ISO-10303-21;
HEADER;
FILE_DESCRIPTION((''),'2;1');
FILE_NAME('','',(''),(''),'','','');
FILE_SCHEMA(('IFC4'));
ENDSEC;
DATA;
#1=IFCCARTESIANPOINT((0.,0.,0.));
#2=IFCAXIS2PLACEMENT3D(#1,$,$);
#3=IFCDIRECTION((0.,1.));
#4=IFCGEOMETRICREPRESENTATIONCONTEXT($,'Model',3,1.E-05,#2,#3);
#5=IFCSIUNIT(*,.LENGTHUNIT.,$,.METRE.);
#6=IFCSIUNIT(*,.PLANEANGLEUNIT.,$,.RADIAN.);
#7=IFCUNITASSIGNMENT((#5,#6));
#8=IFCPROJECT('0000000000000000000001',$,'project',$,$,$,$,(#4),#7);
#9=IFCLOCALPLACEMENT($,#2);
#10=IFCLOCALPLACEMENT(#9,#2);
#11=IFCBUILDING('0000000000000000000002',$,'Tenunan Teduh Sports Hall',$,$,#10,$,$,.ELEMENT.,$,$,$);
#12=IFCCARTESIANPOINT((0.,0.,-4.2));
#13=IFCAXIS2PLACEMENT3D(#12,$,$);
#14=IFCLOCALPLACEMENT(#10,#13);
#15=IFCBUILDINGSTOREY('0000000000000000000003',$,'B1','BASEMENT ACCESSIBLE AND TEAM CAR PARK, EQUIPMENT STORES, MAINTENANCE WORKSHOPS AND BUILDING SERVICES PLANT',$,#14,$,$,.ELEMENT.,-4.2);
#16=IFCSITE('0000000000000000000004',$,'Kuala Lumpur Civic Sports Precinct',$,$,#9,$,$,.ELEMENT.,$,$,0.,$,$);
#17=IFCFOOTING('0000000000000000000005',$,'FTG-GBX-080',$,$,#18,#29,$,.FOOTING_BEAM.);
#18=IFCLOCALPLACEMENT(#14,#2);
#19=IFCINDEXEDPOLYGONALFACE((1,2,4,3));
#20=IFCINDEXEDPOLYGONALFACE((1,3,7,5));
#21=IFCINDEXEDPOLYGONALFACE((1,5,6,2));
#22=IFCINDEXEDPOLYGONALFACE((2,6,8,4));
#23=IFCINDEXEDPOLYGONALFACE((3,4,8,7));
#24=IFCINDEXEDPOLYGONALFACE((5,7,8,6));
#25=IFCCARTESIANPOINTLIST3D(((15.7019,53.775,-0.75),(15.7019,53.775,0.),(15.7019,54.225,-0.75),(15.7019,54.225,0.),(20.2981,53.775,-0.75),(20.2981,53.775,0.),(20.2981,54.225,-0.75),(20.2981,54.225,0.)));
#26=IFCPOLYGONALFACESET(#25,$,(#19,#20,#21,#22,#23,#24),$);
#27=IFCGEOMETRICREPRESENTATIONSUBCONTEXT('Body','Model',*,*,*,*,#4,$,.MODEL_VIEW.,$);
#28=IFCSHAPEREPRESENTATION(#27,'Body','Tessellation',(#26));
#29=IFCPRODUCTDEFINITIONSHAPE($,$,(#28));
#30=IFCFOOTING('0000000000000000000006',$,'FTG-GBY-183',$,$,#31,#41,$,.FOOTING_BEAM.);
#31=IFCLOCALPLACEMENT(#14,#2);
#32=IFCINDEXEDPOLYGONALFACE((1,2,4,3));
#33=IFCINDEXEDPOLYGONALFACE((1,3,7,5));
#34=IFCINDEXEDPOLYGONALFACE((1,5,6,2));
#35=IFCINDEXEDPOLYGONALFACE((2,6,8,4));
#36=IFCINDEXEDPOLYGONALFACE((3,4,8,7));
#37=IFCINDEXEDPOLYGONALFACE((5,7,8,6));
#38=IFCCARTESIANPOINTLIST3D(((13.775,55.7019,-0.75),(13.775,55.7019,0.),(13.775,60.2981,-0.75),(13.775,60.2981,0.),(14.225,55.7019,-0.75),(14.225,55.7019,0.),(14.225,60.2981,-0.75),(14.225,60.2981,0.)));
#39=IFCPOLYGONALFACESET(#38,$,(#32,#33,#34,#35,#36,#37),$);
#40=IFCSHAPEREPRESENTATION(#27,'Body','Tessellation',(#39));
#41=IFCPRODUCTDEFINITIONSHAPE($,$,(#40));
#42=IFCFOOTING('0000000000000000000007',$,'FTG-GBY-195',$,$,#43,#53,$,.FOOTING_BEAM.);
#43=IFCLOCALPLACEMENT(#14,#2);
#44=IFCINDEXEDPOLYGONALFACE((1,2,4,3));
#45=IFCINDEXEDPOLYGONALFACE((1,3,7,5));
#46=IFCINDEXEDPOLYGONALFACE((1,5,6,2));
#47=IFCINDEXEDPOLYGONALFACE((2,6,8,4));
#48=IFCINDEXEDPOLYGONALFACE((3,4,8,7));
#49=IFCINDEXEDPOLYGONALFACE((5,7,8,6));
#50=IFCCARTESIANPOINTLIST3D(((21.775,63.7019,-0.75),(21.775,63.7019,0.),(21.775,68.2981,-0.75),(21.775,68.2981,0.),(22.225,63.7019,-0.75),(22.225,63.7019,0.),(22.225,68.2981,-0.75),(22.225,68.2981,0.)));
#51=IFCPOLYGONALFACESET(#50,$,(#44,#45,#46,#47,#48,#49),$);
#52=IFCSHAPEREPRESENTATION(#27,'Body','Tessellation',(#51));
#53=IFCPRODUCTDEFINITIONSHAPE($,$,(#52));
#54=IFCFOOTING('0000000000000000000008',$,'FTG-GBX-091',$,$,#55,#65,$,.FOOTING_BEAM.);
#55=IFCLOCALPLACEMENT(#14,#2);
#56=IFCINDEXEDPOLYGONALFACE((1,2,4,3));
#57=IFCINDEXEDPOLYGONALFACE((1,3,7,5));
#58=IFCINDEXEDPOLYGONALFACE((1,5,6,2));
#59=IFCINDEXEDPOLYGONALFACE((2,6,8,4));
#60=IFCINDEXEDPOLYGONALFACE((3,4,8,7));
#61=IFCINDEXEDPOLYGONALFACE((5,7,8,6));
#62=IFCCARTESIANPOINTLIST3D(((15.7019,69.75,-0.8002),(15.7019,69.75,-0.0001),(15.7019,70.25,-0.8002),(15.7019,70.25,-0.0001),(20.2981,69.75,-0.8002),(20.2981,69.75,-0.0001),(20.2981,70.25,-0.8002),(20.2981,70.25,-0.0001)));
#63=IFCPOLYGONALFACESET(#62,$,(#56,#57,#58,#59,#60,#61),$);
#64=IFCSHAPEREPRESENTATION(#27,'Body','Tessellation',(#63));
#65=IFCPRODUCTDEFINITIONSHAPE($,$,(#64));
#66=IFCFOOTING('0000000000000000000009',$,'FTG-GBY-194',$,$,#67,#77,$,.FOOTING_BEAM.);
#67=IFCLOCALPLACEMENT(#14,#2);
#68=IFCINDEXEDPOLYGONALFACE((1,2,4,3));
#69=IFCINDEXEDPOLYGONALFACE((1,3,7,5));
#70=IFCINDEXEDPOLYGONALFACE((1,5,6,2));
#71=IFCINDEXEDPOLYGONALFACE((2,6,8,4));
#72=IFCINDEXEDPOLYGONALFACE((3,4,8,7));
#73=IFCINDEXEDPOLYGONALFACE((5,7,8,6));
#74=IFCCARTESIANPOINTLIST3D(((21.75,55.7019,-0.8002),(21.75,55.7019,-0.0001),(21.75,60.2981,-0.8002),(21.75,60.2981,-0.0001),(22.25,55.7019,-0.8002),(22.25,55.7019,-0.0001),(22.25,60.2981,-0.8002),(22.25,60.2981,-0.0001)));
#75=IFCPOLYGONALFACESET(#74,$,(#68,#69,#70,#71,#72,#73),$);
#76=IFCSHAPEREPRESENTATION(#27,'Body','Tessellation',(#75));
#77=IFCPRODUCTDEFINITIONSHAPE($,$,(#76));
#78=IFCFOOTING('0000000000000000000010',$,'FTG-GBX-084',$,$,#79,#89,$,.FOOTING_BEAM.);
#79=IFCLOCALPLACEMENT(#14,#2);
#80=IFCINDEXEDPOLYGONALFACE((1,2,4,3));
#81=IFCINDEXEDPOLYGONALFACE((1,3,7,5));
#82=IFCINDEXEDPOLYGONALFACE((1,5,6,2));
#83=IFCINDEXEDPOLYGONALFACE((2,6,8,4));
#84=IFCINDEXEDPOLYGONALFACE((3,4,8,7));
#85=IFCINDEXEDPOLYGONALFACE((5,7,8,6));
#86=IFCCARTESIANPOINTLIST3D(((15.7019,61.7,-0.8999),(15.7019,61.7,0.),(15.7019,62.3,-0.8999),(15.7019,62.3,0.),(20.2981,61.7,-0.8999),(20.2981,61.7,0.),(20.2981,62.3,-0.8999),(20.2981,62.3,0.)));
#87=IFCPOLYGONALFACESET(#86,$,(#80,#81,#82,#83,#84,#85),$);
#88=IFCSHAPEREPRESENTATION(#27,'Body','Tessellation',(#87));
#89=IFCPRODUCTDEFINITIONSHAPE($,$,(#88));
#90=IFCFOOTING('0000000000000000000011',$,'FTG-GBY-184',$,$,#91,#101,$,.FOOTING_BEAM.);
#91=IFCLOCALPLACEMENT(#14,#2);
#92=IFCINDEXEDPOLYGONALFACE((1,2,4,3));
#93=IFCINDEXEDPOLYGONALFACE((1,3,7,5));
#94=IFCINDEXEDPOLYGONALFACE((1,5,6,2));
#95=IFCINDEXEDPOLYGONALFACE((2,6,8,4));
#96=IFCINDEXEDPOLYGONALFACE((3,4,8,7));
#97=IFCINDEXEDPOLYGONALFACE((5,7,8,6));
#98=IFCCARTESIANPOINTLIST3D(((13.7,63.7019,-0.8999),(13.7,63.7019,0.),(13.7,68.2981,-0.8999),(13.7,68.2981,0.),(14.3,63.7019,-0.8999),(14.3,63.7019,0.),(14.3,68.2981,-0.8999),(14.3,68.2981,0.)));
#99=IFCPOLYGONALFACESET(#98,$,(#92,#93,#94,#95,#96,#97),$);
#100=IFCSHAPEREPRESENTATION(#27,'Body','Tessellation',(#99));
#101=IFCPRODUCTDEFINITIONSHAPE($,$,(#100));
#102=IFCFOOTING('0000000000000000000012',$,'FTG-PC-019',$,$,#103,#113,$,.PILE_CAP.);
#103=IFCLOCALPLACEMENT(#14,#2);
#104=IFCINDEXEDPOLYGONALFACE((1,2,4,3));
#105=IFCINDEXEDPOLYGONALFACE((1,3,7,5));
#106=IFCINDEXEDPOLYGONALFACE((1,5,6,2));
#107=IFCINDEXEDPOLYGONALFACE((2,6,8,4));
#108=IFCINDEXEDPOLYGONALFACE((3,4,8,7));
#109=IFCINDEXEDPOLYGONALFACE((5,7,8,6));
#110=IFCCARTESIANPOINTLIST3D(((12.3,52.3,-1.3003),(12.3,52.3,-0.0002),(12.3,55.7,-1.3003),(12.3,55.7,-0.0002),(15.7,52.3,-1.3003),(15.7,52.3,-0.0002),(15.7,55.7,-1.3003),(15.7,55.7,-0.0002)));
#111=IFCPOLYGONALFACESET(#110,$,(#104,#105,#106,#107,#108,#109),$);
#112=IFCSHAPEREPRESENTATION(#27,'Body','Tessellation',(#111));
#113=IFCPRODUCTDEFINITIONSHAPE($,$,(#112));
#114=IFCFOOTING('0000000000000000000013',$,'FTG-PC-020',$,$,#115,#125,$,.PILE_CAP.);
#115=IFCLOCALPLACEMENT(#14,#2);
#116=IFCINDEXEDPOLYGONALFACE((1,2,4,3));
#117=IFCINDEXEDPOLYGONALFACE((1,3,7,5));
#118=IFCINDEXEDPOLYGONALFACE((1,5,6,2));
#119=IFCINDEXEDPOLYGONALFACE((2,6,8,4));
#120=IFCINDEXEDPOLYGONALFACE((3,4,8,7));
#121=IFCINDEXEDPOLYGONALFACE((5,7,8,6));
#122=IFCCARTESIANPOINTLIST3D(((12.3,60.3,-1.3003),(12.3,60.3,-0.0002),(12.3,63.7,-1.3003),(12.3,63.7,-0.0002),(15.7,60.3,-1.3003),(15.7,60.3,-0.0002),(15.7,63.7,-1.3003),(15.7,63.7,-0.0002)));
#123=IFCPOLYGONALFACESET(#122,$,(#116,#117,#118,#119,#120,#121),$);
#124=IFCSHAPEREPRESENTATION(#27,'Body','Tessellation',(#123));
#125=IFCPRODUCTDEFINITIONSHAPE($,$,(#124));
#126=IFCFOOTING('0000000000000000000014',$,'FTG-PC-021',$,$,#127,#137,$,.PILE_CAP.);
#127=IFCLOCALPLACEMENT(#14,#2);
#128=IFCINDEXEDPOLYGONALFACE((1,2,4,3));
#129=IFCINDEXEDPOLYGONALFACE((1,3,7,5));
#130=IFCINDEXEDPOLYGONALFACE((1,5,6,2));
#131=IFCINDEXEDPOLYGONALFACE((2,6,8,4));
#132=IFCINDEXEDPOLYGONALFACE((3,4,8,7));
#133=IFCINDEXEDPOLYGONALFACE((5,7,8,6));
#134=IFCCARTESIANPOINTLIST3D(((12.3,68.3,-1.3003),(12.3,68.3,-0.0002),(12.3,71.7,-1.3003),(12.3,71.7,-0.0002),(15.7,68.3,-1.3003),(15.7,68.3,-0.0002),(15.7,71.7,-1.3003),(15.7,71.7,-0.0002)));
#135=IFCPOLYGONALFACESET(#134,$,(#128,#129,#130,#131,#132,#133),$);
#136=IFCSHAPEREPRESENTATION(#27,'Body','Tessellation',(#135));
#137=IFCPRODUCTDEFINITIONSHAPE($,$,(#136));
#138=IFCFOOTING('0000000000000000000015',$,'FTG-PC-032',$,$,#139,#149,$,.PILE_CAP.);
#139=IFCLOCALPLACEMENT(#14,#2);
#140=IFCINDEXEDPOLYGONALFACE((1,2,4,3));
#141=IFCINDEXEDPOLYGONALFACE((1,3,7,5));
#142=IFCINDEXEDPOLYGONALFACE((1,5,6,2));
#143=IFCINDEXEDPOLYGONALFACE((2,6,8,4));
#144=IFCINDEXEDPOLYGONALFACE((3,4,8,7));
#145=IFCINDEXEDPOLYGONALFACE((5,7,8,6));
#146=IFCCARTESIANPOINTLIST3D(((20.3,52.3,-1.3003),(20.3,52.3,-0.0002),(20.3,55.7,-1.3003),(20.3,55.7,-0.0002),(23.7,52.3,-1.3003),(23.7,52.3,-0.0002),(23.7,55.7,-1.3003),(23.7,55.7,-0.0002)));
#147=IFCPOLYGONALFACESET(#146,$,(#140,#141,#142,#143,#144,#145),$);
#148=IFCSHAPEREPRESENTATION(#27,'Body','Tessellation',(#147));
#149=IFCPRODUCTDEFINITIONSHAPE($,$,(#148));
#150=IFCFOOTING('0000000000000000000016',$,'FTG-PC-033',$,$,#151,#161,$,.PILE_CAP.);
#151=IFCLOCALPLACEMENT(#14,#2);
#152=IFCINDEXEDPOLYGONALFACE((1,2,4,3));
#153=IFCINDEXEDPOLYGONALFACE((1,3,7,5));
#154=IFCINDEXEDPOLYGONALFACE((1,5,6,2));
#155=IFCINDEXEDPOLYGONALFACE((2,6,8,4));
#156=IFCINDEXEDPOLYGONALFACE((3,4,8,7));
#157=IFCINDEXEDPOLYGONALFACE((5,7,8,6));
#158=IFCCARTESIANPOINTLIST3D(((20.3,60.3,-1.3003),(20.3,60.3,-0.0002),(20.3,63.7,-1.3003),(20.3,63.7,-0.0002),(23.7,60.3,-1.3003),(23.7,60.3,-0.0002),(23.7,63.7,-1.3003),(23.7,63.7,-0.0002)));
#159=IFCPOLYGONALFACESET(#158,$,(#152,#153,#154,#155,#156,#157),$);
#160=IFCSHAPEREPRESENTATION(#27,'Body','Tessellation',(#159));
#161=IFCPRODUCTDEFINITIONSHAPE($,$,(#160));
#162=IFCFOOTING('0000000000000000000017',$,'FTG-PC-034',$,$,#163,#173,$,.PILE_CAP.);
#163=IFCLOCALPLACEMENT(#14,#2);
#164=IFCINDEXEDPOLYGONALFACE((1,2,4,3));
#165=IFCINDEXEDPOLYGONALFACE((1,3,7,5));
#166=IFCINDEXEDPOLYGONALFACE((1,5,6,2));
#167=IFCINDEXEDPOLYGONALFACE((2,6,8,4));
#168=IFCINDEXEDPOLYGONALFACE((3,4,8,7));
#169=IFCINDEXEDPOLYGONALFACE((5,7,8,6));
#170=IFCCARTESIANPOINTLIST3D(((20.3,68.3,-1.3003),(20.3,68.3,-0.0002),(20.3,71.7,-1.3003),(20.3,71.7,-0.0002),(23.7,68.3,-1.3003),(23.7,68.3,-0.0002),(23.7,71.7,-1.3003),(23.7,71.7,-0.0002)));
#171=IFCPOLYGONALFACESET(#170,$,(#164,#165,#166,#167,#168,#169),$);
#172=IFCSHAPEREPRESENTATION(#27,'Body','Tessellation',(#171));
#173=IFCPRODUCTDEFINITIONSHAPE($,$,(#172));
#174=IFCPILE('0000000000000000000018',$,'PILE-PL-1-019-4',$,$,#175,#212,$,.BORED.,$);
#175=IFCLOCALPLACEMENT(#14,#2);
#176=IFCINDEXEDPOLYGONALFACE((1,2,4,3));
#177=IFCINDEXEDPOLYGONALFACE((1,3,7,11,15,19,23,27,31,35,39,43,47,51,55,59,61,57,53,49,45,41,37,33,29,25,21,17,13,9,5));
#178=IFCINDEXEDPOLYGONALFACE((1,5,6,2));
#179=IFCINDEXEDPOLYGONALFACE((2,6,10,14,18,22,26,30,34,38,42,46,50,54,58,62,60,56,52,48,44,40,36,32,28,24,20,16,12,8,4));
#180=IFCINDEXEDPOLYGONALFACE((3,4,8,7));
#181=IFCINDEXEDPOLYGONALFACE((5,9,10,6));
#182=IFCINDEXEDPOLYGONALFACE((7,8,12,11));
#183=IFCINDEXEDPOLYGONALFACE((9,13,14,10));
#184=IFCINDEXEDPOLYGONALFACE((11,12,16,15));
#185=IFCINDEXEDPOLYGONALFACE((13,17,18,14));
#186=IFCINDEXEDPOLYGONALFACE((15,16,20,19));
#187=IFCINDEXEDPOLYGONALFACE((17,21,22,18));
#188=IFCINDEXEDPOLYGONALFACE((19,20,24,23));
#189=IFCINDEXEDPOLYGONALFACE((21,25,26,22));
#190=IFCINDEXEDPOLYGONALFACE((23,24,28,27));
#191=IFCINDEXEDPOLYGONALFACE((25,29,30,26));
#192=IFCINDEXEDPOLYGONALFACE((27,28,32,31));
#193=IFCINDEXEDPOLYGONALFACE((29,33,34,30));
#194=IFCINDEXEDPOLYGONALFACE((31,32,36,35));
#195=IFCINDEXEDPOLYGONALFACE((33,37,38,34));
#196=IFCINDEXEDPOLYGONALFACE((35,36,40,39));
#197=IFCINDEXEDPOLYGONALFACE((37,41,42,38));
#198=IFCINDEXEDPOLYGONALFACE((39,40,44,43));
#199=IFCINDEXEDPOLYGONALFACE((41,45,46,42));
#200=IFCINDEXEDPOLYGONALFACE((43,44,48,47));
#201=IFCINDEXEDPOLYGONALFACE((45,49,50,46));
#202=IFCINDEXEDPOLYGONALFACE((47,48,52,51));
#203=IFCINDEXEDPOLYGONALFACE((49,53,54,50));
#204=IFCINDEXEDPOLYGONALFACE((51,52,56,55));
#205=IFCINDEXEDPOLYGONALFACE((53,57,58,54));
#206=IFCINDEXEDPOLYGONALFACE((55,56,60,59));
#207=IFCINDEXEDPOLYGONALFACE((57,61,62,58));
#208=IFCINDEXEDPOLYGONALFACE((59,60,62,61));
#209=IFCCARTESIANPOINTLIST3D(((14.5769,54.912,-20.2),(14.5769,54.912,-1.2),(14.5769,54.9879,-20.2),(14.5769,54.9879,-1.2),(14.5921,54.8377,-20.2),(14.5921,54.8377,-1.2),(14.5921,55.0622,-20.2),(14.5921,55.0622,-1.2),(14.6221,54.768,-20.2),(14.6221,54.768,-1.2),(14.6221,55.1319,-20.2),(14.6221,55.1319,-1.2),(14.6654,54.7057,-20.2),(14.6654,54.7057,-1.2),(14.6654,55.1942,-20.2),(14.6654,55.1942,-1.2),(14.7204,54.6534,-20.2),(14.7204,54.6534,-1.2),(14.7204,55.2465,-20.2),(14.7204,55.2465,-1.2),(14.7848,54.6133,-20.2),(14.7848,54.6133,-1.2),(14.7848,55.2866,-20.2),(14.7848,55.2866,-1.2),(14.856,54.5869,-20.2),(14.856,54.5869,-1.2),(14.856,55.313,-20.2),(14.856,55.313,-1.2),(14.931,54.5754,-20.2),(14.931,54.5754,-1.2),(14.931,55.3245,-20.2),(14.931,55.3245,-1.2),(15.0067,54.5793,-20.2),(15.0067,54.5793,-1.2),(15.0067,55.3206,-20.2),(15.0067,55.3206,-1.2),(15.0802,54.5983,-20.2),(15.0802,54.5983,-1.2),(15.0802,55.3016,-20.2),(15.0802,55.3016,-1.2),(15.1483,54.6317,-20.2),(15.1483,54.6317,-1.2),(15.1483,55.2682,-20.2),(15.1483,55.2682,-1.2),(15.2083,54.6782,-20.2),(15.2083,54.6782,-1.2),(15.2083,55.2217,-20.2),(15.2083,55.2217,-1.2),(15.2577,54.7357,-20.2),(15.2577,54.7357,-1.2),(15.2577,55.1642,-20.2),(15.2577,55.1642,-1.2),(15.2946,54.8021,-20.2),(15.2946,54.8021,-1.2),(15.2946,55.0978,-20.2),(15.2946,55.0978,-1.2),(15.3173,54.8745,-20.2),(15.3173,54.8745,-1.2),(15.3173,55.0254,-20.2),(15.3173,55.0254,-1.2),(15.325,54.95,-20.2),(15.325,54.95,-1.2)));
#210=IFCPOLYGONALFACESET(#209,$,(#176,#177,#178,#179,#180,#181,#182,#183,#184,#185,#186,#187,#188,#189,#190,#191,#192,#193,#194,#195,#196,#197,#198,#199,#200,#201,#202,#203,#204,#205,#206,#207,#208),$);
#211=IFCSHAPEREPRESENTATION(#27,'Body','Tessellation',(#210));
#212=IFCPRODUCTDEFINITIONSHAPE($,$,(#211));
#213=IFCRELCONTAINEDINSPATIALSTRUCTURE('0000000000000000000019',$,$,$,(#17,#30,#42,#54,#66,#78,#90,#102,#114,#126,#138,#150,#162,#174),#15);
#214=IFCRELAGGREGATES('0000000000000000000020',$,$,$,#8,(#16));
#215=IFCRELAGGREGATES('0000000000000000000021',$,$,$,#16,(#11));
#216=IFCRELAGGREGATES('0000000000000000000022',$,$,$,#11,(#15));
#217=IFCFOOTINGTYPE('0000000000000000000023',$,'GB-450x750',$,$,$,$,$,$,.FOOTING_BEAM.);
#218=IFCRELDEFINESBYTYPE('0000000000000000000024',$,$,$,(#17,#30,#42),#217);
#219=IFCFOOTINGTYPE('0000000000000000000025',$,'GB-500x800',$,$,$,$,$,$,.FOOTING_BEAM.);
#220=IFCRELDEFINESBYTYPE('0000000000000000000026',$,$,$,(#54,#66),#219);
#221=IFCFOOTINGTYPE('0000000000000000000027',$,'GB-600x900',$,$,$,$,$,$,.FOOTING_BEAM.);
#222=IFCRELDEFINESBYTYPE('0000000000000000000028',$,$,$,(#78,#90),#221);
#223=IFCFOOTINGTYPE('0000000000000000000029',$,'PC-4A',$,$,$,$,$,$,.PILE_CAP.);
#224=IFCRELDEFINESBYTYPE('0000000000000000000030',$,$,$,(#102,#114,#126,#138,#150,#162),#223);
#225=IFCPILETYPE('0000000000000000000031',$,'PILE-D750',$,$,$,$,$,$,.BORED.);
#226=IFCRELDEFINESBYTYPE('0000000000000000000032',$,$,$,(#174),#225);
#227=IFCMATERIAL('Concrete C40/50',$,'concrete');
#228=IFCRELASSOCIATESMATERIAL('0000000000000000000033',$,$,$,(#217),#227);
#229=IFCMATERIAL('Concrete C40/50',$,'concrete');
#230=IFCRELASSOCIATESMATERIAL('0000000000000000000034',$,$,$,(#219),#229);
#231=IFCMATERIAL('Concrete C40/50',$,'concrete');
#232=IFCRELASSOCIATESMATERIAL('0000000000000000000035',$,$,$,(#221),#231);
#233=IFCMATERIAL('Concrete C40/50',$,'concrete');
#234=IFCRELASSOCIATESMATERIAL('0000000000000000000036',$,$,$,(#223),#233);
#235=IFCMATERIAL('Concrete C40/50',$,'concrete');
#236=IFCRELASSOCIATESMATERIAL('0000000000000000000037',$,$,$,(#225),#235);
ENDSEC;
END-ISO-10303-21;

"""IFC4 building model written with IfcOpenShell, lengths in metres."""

from ifc_helpers import new_model, si_unit, direction, frame, origin, origin_2d, place, context, subcontext, project, spatial, rectangle, circle, extrude, material, material_profile, profile_set, type_object, element, save


model = new_model("IFC4")

# Units and contexts
model_context = context("Model", 3, precision=1e-05, world=origin(), true_north=direction((0.0, 1.0)))
body_context = subcontext(model_context, "Body", "Model", "MODEL_VIEW")
ifc_project = project(units=[si_unit("LENGTHUNIT", "METRE"), si_unit("PLANEANGLEUNIT", "RADIAN")], contexts=[model_context])

# Site, building, storey
site_placement = place(None, origin())
site = spatial("IfcSite", under=ifc_project, at=site_placement, Name="Kuala Lumpur Civic Sports Precinct", CompositionType="ELEMENT", RefElevation=0.0)
building_placement = place(site_placement, origin())
building = spatial("IfcBuilding", under=site, at=building_placement, Name="Tenunan Teduh Sports Hall", CompositionType="ELEMENT")
storey_placement = place(building_placement, frame((0.0, 0.0, -4.2)))
storey = spatial("IfcBuildingStorey", under=building, at=storey_placement, Name="B1", Description="BASEMENT ACCESSIBLE AND TEAM CAR PARK, EQUIPMENT STORES, MAINTENANCE WORKSHOPS AND BUILDING SERVICES PLANT", CompositionType="ELEMENT", Elevation=-4.2)

# Footings
ifc_material_1 = material(Name="Concrete C40/50", Category="concrete")
ifc_material_profile_1 = material_profile(ifc_material_1, rectangle(XDim=0.45, YDim=0.75, at=origin_2d()), Name="RCB 450x750")
ifc_profile_set_1 = profile_set([ifc_material_profile_1], Name="Concrete C40/50")
footing_type_1 = type_object("IfcFootingType", Name="GB-450x750", PredefinedType="FOOTING_BEAM", material=ifc_profile_set_1)
for number, where, z_axis, x_axis, name in (
    (1, (15.7019, 54.0, -0.375), (1.0, 0.0, 0.0), (0.0, 1.0, 0.0), "FTG-GBX-080"),
    (2, (14.0, 55.7019, -0.375), (0.0, 1.0, 0.0), (-1.0, 0.0, 0.0), "FTG-GBY-183"),
    (3, (22.0, 63.7019, -0.375), (0.0, 1.0, 0.0), (-1.0, 0.0, 0.0), "FTG-GBY-195"),
):
    element("IfcFooting", number, at=place(storey_placement, frame(where, z_axis=z_axis, x_axis=x_axis)), inside=storey, type_object=footing_type_1, Name=name, PredefinedType="FOOTING_BEAM", context=body_context, shape_type="SweptSolid", body=[
        extrude(rectangle(XDim=0.45, YDim=0.75, at=origin_2d()), origin(), (0.0, 0.0, 1.0), 4.5962),
    ])
ifc_material_2 = material(Name="Concrete C40/50", Category="concrete")
ifc_material_profile_2 = material_profile(ifc_material_2, rectangle(XDim=0.5, YDim=0.8, at=origin_2d()), Name="RCB 500x800")
ifc_profile_set_2 = profile_set([ifc_material_profile_2], Name="Concrete C40/50")
footing_type_2 = type_object("IfcFootingType", Name="GB-500x800", PredefinedType="FOOTING_BEAM", material=ifc_profile_set_2)
for number, where, z_axis, x_axis, name in (
    (4, (15.7019, 70.0, -0.4001), (1.0, 0.0, 0.0), (0.0, 1.0, 0.0), "FTG-GBX-091"),
    (5, (22.0, 55.7019, -0.4001), (0.0, 1.0, 0.0), (-1.0, 0.0, 0.0), "FTG-GBY-194"),
):
    element("IfcFooting", number, at=place(storey_placement, frame(where, z_axis=z_axis, x_axis=x_axis)), inside=storey, type_object=footing_type_2, Name=name, PredefinedType="FOOTING_BEAM", context=body_context, shape_type="SweptSolid", body=[
        extrude(rectangle(XDim=0.5, YDim=0.8, at=origin_2d()), origin(), (0.0, 0.0, 1.0), 4.5962),
    ])
ifc_material_3 = material(Name="Concrete C40/50", Category="concrete")
ifc_material_profile_3 = material_profile(ifc_material_3, rectangle(XDim=0.6001, YDim=0.8999, at=origin_2d()), Name="RCB 600x900")
ifc_profile_set_3 = profile_set([ifc_material_profile_3], Name="Concrete C40/50")
footing_type_3 = type_object("IfcFootingType", Name="GB-600x900", PredefinedType="FOOTING_BEAM", material=ifc_profile_set_3)
for number, where, z_axis, x_axis, name in (
    (6, (15.7019, 62.0, -0.45), (1.0, 0.0, 0.0), (0.0, 1.0, 0.0), "FTG-GBX-084"),
    (7, (14.0, 63.7019, -0.45), (0.0, 1.0, 0.0), (-1.0, 0.0, 0.0), "FTG-GBY-184"),
):
    element("IfcFooting", number, at=place(storey_placement, frame(where, z_axis=z_axis, x_axis=x_axis)), inside=storey, type_object=footing_type_3, Name=name, PredefinedType="FOOTING_BEAM", context=body_context, shape_type="SweptSolid", body=[
        extrude(rectangle(XDim=0.6001, YDim=0.8999, at=origin_2d()), origin(), (0.0, 0.0, 1.0), 4.5962),
    ])
ifc_material_4 = material(Name="Concrete C40/50", Category="concrete")
footing_type_4 = type_object("IfcFootingType", Name="PC-4A", PredefinedType="PILE_CAP", material=ifc_material_4)
for number, where, z_axis, x_axis, name in (
    (8, (14.0, 54.0, -1.3003), (0.0, 0.0, 1.0), (1.0, 0.0, 0.0), "FTG-PC-019"),
    (9, (14.0, 62.0, -1.3003), (0.0, 0.0, 1.0), (1.0, 0.0, 0.0), "FTG-PC-020"),
    (10, (14.0, 70.0, -1.3003), (0.0, 0.0, 1.0), (1.0, 0.0, 0.0), "FTG-PC-021"),
    (11, (22.0, 54.0, -1.3003), (0.0, 0.0, 1.0), (1.0, 0.0, 0.0), "FTG-PC-032"),
    (12, (22.0, 62.0, -1.3003), (0.0, 0.0, 1.0), (1.0, 0.0, 0.0), "FTG-PC-033"),
    (13, (22.0, 70.0, -1.3003), (0.0, 0.0, 1.0), (1.0, 0.0, 0.0), "FTG-PC-034"),
):
    element("IfcFooting", number, at=place(storey_placement, frame(where, z_axis=z_axis, x_axis=x_axis)), inside=storey, type_object=footing_type_4, Name=name, PredefinedType="PILE_CAP", context=body_context, shape_type="SweptSolid", body=[
        extrude(rectangle(XDim=3.3999, YDim=3.3999, at=origin_2d()), origin(), (0.0, 0.0, 1.0), 1.3),
    ])

# Pile
ifc_material_5 = material(Name="Concrete C40/50", Category="concrete")
ifc_material_profile_4 = material_profile(ifc_material_5, circle(Radius=0.375, at=origin_2d()), Name="PILE D750")
ifc_profile_set_4 = profile_set([ifc_material_profile_4], Name="Concrete C40/50")
pile_type = type_object("IfcPileType", Name="PILE-D750", PredefinedType="BORED", material=ifc_profile_set_4)
for number, where, z_axis, x_axis, name in (
    (14, (14.95, 54.95, -1.2), (0.0, 0.0, -1.0), (1.0, 0.0, 0.0), "PILE-PL-1-019-4"),
):
    element("IfcPile", number, at=place(storey_placement, frame(where, z_axis=z_axis, x_axis=x_axis)), inside=storey, type_object=pile_type, Name=name, PredefinedType="BORED", context=body_context, shape_type="SweptSolid", body=[
        extrude(circle(Radius=0.375, at=origin_2d()), origin(), (0.0, 0.0, 1.0), 19.0),
    ])

save(model, "model.ifc")
